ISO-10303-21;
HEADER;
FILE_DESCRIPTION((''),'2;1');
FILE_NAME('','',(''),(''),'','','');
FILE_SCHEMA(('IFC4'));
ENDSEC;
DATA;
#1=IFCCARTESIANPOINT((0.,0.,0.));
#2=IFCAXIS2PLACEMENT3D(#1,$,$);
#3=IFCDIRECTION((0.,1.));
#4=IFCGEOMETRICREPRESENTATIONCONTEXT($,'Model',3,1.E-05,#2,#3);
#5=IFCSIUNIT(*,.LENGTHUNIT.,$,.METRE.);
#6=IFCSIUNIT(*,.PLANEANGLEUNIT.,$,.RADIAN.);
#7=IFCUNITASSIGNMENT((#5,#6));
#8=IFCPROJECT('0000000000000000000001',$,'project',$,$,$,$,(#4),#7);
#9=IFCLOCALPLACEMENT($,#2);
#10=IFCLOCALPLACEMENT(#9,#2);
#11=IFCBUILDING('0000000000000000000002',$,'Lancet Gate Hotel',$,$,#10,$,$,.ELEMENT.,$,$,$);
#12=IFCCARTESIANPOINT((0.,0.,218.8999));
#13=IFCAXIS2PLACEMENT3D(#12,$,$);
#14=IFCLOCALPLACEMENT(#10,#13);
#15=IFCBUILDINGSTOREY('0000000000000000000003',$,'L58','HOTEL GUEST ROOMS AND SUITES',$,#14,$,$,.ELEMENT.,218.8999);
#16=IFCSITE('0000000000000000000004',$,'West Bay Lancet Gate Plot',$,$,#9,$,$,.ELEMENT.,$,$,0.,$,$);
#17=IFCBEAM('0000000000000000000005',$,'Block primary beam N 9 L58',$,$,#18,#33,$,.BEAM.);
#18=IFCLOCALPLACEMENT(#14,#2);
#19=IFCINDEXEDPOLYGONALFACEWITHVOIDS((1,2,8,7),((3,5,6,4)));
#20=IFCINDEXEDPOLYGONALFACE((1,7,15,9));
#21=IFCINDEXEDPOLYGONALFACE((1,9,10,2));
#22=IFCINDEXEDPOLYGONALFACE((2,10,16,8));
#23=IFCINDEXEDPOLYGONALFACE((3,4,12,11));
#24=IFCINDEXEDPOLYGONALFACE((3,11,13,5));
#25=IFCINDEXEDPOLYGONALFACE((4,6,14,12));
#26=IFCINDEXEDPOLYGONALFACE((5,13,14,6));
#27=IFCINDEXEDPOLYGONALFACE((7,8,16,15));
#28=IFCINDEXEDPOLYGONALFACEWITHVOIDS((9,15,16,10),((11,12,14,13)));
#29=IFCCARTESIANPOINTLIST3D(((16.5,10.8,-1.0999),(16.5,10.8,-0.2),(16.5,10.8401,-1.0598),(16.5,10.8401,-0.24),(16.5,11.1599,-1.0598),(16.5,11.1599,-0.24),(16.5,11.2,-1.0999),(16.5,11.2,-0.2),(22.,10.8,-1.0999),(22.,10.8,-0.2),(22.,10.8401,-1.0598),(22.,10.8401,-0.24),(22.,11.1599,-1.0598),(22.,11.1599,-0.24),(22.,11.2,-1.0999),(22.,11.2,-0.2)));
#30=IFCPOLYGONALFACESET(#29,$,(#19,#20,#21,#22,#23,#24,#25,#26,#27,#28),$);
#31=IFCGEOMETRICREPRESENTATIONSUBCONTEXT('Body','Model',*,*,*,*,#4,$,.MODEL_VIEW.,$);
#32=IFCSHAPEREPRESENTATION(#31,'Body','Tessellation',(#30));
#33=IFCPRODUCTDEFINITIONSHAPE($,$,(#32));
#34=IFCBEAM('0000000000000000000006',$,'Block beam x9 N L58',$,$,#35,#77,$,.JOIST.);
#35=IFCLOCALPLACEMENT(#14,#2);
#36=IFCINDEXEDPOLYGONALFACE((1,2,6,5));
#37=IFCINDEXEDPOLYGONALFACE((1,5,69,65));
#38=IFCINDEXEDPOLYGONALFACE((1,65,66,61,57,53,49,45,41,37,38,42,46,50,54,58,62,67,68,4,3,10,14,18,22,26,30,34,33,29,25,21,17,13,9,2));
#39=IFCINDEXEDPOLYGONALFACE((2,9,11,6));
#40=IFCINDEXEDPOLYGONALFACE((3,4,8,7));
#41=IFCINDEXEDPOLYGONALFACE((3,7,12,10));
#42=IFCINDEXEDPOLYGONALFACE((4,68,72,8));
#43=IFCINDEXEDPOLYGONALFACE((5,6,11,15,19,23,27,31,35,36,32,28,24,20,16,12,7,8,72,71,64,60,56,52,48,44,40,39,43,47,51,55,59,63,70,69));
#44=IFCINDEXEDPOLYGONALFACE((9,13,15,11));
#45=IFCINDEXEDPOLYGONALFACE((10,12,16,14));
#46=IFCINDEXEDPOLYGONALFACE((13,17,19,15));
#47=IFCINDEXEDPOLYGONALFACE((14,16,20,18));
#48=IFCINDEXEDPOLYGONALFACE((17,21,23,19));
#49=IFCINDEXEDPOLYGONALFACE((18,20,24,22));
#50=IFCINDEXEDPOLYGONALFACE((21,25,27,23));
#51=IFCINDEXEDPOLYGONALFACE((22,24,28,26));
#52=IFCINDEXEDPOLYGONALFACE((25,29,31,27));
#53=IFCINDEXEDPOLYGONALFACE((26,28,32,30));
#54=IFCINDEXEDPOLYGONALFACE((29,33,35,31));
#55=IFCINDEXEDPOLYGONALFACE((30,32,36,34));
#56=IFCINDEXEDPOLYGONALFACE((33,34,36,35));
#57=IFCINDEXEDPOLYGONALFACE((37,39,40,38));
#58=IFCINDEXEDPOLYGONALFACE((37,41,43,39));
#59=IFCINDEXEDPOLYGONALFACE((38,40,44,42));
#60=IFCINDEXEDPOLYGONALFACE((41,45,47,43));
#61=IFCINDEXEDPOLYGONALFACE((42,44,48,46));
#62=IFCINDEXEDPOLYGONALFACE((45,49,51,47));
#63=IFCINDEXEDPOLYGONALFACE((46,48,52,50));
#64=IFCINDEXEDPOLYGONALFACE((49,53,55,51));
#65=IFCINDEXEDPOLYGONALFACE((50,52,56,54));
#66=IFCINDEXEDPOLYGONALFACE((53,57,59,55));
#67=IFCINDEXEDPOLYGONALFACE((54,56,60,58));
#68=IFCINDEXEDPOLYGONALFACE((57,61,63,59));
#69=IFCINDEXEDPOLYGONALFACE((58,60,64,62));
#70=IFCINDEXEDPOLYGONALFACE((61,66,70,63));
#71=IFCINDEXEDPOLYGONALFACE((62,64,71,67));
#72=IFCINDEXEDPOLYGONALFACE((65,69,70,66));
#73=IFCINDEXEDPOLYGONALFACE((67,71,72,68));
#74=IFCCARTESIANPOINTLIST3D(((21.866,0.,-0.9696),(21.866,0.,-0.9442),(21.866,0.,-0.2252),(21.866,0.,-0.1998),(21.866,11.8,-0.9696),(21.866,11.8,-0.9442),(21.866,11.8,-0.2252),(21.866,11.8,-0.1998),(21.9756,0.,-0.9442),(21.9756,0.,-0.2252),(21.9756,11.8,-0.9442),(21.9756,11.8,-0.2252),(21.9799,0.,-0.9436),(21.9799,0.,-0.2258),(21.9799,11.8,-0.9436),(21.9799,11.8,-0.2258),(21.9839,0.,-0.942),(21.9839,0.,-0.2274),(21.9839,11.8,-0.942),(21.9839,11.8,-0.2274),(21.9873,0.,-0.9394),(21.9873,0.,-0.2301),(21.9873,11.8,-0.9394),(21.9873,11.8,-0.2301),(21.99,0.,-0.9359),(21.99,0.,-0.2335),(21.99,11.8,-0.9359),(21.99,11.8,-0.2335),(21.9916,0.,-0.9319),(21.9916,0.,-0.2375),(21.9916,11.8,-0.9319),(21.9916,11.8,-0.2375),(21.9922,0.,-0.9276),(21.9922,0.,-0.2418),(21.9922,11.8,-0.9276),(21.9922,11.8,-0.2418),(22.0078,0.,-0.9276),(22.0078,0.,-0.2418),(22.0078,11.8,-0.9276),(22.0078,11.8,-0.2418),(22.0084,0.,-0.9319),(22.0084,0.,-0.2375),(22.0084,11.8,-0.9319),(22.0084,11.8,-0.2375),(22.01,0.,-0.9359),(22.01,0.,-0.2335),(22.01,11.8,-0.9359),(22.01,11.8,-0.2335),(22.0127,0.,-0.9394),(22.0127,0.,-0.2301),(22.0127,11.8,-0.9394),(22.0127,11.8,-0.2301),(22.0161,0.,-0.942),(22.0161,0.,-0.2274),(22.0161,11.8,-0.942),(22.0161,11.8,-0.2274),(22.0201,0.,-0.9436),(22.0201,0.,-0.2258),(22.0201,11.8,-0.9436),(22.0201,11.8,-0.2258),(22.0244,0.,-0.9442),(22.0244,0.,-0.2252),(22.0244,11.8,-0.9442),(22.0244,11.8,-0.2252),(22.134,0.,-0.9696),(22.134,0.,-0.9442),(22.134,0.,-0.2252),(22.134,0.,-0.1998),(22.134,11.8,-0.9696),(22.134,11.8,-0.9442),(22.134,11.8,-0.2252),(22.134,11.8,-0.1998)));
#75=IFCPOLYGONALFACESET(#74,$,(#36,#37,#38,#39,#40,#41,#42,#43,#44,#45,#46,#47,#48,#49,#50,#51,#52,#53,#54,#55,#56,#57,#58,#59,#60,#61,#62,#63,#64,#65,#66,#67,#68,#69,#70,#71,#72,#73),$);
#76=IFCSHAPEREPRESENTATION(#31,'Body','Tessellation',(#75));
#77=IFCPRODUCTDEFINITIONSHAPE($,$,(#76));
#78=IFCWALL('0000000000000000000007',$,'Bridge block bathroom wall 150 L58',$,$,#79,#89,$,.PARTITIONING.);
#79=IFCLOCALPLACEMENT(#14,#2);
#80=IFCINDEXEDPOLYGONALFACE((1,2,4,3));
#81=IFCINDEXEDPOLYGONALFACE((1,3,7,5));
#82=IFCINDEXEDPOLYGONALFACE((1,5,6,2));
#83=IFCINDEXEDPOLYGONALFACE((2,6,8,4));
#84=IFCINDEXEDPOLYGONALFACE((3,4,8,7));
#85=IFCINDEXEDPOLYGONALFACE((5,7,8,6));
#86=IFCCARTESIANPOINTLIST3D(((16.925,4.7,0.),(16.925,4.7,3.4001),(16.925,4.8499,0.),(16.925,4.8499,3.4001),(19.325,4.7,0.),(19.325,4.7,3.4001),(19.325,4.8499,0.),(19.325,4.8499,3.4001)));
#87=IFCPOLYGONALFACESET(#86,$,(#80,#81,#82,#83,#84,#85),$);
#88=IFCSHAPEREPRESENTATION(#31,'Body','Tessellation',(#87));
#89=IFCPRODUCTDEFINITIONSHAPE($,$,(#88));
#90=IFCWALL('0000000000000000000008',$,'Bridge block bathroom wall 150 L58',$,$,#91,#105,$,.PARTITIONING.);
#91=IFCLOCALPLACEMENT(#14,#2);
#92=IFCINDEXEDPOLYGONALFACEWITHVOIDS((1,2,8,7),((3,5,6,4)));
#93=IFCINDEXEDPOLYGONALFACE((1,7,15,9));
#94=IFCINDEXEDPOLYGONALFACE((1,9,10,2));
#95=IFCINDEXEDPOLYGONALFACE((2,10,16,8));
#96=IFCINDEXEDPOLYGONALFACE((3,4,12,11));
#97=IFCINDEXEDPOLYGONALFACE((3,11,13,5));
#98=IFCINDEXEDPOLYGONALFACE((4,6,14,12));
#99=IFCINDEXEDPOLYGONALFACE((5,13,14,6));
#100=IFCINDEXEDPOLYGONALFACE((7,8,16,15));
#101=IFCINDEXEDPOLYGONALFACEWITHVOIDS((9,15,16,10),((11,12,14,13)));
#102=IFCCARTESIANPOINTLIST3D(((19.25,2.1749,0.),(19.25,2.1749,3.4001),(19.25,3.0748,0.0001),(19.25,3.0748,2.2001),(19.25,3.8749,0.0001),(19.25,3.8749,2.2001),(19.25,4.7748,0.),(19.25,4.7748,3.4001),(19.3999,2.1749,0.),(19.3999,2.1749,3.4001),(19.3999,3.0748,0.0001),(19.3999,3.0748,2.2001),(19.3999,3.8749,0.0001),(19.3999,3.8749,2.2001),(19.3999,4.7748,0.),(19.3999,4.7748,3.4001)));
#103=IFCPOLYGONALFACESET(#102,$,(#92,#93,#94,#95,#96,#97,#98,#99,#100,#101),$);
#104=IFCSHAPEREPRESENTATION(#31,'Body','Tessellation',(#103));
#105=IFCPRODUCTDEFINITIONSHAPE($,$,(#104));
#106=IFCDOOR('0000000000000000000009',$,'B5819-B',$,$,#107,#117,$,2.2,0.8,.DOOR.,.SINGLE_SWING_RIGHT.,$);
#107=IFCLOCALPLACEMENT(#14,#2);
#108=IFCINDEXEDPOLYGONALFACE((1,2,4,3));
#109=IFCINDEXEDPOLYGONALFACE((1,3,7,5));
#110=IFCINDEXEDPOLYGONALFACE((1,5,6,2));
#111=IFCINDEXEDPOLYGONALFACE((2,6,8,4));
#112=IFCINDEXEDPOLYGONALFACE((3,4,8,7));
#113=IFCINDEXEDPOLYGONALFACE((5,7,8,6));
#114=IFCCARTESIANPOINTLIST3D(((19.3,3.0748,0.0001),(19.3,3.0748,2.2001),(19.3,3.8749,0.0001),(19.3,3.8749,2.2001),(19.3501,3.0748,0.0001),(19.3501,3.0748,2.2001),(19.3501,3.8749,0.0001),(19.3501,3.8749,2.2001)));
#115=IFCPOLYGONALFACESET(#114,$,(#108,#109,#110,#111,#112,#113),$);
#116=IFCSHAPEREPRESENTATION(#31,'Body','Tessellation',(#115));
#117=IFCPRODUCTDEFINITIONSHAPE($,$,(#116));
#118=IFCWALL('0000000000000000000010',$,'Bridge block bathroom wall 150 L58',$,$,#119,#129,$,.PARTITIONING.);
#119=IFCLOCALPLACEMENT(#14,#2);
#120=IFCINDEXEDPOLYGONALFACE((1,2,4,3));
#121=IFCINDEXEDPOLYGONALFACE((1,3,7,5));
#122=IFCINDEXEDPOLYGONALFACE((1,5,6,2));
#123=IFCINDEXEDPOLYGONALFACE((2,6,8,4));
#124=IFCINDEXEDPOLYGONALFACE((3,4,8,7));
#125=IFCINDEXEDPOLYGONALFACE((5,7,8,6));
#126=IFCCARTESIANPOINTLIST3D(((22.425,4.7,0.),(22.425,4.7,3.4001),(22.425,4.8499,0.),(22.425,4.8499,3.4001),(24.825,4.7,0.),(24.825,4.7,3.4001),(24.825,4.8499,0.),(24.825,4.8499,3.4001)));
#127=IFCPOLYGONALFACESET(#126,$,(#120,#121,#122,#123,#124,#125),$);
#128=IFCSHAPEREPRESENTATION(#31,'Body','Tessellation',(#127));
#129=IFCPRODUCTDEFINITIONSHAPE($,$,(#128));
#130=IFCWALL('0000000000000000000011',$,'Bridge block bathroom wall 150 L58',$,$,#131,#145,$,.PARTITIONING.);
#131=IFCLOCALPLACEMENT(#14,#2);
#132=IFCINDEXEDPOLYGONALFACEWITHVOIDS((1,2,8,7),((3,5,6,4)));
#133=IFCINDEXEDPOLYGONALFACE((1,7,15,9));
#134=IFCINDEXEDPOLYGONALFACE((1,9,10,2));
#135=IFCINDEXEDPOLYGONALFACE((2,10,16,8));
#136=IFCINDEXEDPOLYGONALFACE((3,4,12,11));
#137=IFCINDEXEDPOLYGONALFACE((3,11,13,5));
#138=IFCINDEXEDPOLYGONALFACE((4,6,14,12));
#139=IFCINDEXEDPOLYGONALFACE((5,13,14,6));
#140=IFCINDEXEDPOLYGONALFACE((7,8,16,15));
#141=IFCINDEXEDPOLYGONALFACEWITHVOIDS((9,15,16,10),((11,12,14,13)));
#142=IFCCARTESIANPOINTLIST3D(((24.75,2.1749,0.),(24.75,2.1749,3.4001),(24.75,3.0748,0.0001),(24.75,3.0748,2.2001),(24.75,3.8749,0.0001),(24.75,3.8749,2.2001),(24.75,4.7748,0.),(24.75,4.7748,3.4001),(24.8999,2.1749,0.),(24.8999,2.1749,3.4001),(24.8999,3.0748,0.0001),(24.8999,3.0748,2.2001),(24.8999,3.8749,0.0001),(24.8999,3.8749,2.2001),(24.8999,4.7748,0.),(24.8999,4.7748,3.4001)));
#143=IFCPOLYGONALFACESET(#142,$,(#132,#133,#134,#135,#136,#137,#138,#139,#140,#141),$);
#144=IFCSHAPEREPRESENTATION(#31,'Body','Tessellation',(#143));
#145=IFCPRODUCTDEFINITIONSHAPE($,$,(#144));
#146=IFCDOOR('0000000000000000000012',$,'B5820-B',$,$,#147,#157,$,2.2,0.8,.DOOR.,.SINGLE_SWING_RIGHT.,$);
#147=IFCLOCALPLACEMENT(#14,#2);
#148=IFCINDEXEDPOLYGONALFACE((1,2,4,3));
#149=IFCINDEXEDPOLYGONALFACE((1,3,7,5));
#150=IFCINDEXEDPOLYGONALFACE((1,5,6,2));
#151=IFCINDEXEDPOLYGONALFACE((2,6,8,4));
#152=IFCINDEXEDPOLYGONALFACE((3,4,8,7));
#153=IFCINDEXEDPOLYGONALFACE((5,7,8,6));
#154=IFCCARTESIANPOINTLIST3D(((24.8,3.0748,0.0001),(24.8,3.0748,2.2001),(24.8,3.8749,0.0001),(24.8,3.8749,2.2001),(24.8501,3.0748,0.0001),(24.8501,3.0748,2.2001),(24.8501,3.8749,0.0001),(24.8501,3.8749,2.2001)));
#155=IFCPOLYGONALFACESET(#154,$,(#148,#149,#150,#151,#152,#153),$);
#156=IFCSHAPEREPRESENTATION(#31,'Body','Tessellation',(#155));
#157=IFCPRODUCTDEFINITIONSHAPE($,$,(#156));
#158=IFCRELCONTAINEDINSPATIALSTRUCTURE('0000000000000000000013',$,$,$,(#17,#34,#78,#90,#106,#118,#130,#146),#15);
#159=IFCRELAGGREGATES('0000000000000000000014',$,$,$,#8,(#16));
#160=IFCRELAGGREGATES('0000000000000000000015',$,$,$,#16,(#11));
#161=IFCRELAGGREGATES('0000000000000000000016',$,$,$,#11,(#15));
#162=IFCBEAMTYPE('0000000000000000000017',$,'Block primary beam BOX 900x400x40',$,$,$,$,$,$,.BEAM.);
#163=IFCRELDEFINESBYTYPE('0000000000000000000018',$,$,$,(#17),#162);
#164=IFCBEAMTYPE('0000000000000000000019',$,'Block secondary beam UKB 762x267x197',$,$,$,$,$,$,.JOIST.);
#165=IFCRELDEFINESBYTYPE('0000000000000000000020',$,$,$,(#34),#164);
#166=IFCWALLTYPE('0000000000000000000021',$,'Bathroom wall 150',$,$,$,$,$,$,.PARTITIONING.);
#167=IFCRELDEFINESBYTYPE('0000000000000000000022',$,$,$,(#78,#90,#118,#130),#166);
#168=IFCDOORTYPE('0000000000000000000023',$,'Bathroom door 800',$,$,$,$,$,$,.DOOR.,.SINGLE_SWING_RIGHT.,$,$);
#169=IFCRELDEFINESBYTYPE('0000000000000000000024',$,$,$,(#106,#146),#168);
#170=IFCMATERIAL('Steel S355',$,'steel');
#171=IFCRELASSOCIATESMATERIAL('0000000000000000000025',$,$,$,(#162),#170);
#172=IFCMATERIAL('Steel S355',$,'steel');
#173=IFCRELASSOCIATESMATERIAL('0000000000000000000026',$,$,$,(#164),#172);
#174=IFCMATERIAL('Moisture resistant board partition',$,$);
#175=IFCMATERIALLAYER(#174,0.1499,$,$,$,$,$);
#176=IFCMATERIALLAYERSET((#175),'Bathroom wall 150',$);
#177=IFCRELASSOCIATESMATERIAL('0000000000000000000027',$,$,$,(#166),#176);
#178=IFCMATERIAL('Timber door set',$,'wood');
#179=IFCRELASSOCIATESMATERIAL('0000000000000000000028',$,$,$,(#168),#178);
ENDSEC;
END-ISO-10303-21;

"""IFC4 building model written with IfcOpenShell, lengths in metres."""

from ifc_helpers import new_model, si_unit, direction, frame, frame_2d, origin, origin_2d, place, context, subcontext, project, spatial, rectangle, hollow_rectangle, i_section, extrude, material, layer, layer_set, material_profile, profile_set, type_object, element, fill, save


model = new_model("IFC4")

# Units and contexts
model_context = context("Model", 3, precision=1e-05, world=origin(), true_north=direction((0.0, 1.0)))
body_context = subcontext(model_context, "Body", "Model", "MODEL_VIEW")
ifc_project = project(units=[si_unit("LENGTHUNIT", "METRE"), si_unit("PLANEANGLEUNIT", "RADIAN")], contexts=[model_context])

# Site, building, storey
site_placement = place(None, origin())
site = spatial("IfcSite", under=ifc_project, at=site_placement, Name="West Bay Lancet Gate Plot", CompositionType="ELEMENT", RefElevation=0.0)
building_placement = place(site_placement, origin())
building = spatial("IfcBuilding", under=site, at=building_placement, Name="Lancet Gate Hotel", CompositionType="ELEMENT")
storey_placement = place(building_placement, frame((0.0, 0.0, 218.8999)))
storey = spatial("IfcBuildingStorey", under=building, at=storey_placement, Name="L58", Description="HOTEL GUEST ROOMS AND SUITES", CompositionType="ELEMENT", Elevation=218.8999)

# Beams
ifc_material_1 = material(Name="Steel S355", Category="steel")
ifc_material_profile_1 = material_profile(ifc_material_1, hollow_rectangle(XDim=0.3999, YDim=0.8999, WallThickness=0.04, at=origin_2d()), Name="BOX 900x400x40")
ifc_profile_set_1 = profile_set([ifc_material_profile_1], Name="Steel S355")
beam_type_1 = type_object("IfcBeamType", Name="Block primary beam BOX 900x400x40", PredefinedType="BEAM", material=ifc_profile_set_1)
beam_1_placement = place(storey_placement, frame((16.5, 11.0, -0.6499), z_axis=(1.0, 0.0, 0.0), x_axis=(0.0, 1.0, 0.0)))
element("IfcBeam", 1, at=beam_1_placement, inside=storey, type_object=beam_type_1, Name="Block primary beam N 9 L58", PredefinedType="BEAM", context=body_context, shape_type="SweptSolid", body=[
    extrude(hollow_rectangle(XDim=0.3999, YDim=0.8999, WallThickness=0.04, at=origin_2d()), origin(), (0.0, 0.0, 1.0), 5.5),
])
ifc_material_2 = material(Name="Steel S355", Category="steel")
ifc_material_profile_2 = material_profile(ifc_material_2, i_section(OverallWidth=0.2681, OverallDepth=0.7698, WebThickness=0.0156, FlangeThickness=0.0254, FilletRadius=0.0166, at=origin_2d()), Name="UKB 762x267x197")
ifc_profile_set_2 = profile_set([ifc_material_profile_2], Name="Steel S355")
beam_type_2 = type_object("IfcBeamType", Name="Block secondary beam UKB 762x267x197", PredefinedType="JOIST", material=ifc_profile_set_2)
beam_2_placement = place(storey_placement, frame((22.0, 0.0, -0.5847), z_axis=(0.0, 1.0, 0.0), x_axis=(-1.0, 0.0, 0.0)))
element("IfcBeam", 2, at=beam_2_placement, inside=storey, type_object=beam_type_2, Name="Block beam x9 N L58", PredefinedType="JOIST", context=body_context, shape_type="SweptSolid", body=[
    extrude(i_section(OverallWidth=0.2681, OverallDepth=0.7698, WebThickness=0.0156, FlangeThickness=0.0254, FilletRadius=0.0166, at=origin_2d()), origin(), (0.0, 0.0, 1.0), 11.8),
])

# Wall
ifc_material_3 = material(Name="Moisture resistant board partition")
ifc_layer_1 = layer(ifc_material_3, 0.1499)
ifc_layer_set_1 = layer_set([ifc_layer_1], Name="Bathroom wall 150")
wall_type_1 = type_object("IfcWallType", Name="Bathroom wall 150", PredefinedType="PARTITIONING", material=ifc_layer_set_1)
wall_1_placement = place(storey_placement, frame((16.925, 4.7749, 0.0), z_axis=(0.0, 0.0, 1.0), x_axis=(1.0, 0.0, 0.0)))
element("IfcWall", 3, at=wall_1_placement, inside=storey, type_object=wall_type_1, Name="Bridge block bathroom wall 150 L58", PredefinedType="PARTITIONING", context=body_context, shape_type="SweptSolid", body=[
    extrude(rectangle(XDim=2.3999, YDim=0.1499, at=frame_2d((1.2, 0.0))), origin(), (0.0, 0.0, 1.0), 3.4001),
])

# Wall, opening, door
wall_2_placement = place(storey_placement, frame((19.325, 2.175, 0.0), z_axis=(0.0, 0.0, 1.0), x_axis=(0.0, 1.0, 0.0)))
wall_2 = element("IfcWall", 4, at=wall_2_placement, inside=storey, type_object=wall_type_1, Name="Bridge block bathroom wall 150 L58", PredefinedType="PARTITIONING", context=body_context, shape_type="SweptSolid", body=[
    extrude(rectangle(XDim=2.5999, YDim=0.1499, at=frame_2d((1.2998, 0.0))), origin(), (0.0, 0.0, 1.0), 3.4001),
])
opening_1_placement = place(wall_2_placement, frame((0.8999, 0.0, 0.0)))
opening_1 = element("IfcOpeningElement", 5, at=opening_1_placement, cuts=wall_2, PredefinedType="OPENING", context=body_context, shape_type="SweptSolid", body=[
    extrude(rectangle(XDim=0.8, YDim=2.2, at=frame_2d((0.3999, 1.1001))), frame((0.0, 0.085, 0.0), z_axis=(0.0, -1.0, 0.0), x_axis=(1.0, 0.0, 0.0)), (0.0, 0.0, 1.0), 0.1699),
])
ifc_material_4 = material(Name="Timber door set", Category="wood")
door_type_1 = type_object("IfcDoorType", Name="Bathroom door 800", OperationType="SINGLE_SWING_RIGHT", PredefinedType="DOOR", material=ifc_material_4)
door_1_placement = place(opening_1_placement, origin())
door_1 = element("IfcDoor", 6, at=door_1_placement, inside=storey, type_object=door_type_1, Name="B5819-B", OperationType="SINGLE_SWING_RIGHT", OverallHeight=2.2, OverallWidth=0.8, PredefinedType="DOOR", context=body_context, shape_type="SweptSolid", body=[
    extrude(rectangle(XDim=0.8, YDim=2.2, at=frame_2d((0.3999, 1.1001))), frame((0.0, 0.0249, 0.0), z_axis=(0.0, -1.0, 0.0), x_axis=(1.0, 0.0, 0.0)), (0.0, 0.0, 1.0), 0.05),
])
fill(opening_1, door_1)

# Wall
wall_3_placement = place(storey_placement, frame((22.425, 4.7749, 0.0), z_axis=(0.0, 0.0, 1.0), x_axis=(1.0, 0.0, 0.0)))
element("IfcWall", 7, at=wall_3_placement, inside=storey, type_object=wall_type_1, Name="Bridge block bathroom wall 150 L58", PredefinedType="PARTITIONING", context=body_context, shape_type="SweptSolid", body=[
    extrude(rectangle(XDim=2.3999, YDim=0.1499, at=frame_2d((1.2, 0.0))), origin(), (0.0, 0.0, 1.0), 3.4001),
])

# Wall, opening, door
wall_4_placement = place(storey_placement, frame((24.825, 2.175, 0.0), z_axis=(0.0, 0.0, 1.0), x_axis=(0.0, 1.0, 0.0)))
wall_4 = element("IfcWall", 8, at=wall_4_placement, inside=storey, type_object=wall_type_1, Name="Bridge block bathroom wall 150 L58", PredefinedType="PARTITIONING", context=body_context, shape_type="SweptSolid", body=[
    extrude(rectangle(XDim=2.5999, YDim=0.1499, at=frame_2d((1.2998, 0.0))), origin(), (0.0, 0.0, 1.0), 3.4001),
])
opening_2_placement = place(wall_4_placement, frame((0.8999, 0.0, 0.0)))
opening_2 = element("IfcOpeningElement", 9, at=opening_2_placement, cuts=wall_4, PredefinedType="OPENING", context=body_context, shape_type="SweptSolid", body=[
    extrude(rectangle(XDim=0.8, YDim=2.2, at=frame_2d((0.3999, 1.1001))), frame((0.0, 0.085, 0.0), z_axis=(0.0, -1.0, 0.0), x_axis=(1.0, 0.0, 0.0)), (0.0, 0.0, 1.0), 0.1699),
])
door_2_placement = place(opening_2_placement, origin())
door_2 = element("IfcDoor", 10, at=door_2_placement, inside=storey, type_object=door_type_1, Name="B5820-B", OperationType="SINGLE_SWING_RIGHT", OverallHeight=2.2, OverallWidth=0.8, PredefinedType="DOOR", context=body_context, shape_type="SweptSolid", body=[
    extrude(rectangle(XDim=0.8, YDim=2.2, at=frame_2d((0.3999, 1.1001))), frame((0.0, 0.0249, 0.0), z_axis=(0.0, -1.0, 0.0), x_axis=(1.0, 0.0, 0.0)), (0.0, 0.0, 1.0), 0.05),
])
fill(opening_2, door_2)

save(model, "model.ifc")
